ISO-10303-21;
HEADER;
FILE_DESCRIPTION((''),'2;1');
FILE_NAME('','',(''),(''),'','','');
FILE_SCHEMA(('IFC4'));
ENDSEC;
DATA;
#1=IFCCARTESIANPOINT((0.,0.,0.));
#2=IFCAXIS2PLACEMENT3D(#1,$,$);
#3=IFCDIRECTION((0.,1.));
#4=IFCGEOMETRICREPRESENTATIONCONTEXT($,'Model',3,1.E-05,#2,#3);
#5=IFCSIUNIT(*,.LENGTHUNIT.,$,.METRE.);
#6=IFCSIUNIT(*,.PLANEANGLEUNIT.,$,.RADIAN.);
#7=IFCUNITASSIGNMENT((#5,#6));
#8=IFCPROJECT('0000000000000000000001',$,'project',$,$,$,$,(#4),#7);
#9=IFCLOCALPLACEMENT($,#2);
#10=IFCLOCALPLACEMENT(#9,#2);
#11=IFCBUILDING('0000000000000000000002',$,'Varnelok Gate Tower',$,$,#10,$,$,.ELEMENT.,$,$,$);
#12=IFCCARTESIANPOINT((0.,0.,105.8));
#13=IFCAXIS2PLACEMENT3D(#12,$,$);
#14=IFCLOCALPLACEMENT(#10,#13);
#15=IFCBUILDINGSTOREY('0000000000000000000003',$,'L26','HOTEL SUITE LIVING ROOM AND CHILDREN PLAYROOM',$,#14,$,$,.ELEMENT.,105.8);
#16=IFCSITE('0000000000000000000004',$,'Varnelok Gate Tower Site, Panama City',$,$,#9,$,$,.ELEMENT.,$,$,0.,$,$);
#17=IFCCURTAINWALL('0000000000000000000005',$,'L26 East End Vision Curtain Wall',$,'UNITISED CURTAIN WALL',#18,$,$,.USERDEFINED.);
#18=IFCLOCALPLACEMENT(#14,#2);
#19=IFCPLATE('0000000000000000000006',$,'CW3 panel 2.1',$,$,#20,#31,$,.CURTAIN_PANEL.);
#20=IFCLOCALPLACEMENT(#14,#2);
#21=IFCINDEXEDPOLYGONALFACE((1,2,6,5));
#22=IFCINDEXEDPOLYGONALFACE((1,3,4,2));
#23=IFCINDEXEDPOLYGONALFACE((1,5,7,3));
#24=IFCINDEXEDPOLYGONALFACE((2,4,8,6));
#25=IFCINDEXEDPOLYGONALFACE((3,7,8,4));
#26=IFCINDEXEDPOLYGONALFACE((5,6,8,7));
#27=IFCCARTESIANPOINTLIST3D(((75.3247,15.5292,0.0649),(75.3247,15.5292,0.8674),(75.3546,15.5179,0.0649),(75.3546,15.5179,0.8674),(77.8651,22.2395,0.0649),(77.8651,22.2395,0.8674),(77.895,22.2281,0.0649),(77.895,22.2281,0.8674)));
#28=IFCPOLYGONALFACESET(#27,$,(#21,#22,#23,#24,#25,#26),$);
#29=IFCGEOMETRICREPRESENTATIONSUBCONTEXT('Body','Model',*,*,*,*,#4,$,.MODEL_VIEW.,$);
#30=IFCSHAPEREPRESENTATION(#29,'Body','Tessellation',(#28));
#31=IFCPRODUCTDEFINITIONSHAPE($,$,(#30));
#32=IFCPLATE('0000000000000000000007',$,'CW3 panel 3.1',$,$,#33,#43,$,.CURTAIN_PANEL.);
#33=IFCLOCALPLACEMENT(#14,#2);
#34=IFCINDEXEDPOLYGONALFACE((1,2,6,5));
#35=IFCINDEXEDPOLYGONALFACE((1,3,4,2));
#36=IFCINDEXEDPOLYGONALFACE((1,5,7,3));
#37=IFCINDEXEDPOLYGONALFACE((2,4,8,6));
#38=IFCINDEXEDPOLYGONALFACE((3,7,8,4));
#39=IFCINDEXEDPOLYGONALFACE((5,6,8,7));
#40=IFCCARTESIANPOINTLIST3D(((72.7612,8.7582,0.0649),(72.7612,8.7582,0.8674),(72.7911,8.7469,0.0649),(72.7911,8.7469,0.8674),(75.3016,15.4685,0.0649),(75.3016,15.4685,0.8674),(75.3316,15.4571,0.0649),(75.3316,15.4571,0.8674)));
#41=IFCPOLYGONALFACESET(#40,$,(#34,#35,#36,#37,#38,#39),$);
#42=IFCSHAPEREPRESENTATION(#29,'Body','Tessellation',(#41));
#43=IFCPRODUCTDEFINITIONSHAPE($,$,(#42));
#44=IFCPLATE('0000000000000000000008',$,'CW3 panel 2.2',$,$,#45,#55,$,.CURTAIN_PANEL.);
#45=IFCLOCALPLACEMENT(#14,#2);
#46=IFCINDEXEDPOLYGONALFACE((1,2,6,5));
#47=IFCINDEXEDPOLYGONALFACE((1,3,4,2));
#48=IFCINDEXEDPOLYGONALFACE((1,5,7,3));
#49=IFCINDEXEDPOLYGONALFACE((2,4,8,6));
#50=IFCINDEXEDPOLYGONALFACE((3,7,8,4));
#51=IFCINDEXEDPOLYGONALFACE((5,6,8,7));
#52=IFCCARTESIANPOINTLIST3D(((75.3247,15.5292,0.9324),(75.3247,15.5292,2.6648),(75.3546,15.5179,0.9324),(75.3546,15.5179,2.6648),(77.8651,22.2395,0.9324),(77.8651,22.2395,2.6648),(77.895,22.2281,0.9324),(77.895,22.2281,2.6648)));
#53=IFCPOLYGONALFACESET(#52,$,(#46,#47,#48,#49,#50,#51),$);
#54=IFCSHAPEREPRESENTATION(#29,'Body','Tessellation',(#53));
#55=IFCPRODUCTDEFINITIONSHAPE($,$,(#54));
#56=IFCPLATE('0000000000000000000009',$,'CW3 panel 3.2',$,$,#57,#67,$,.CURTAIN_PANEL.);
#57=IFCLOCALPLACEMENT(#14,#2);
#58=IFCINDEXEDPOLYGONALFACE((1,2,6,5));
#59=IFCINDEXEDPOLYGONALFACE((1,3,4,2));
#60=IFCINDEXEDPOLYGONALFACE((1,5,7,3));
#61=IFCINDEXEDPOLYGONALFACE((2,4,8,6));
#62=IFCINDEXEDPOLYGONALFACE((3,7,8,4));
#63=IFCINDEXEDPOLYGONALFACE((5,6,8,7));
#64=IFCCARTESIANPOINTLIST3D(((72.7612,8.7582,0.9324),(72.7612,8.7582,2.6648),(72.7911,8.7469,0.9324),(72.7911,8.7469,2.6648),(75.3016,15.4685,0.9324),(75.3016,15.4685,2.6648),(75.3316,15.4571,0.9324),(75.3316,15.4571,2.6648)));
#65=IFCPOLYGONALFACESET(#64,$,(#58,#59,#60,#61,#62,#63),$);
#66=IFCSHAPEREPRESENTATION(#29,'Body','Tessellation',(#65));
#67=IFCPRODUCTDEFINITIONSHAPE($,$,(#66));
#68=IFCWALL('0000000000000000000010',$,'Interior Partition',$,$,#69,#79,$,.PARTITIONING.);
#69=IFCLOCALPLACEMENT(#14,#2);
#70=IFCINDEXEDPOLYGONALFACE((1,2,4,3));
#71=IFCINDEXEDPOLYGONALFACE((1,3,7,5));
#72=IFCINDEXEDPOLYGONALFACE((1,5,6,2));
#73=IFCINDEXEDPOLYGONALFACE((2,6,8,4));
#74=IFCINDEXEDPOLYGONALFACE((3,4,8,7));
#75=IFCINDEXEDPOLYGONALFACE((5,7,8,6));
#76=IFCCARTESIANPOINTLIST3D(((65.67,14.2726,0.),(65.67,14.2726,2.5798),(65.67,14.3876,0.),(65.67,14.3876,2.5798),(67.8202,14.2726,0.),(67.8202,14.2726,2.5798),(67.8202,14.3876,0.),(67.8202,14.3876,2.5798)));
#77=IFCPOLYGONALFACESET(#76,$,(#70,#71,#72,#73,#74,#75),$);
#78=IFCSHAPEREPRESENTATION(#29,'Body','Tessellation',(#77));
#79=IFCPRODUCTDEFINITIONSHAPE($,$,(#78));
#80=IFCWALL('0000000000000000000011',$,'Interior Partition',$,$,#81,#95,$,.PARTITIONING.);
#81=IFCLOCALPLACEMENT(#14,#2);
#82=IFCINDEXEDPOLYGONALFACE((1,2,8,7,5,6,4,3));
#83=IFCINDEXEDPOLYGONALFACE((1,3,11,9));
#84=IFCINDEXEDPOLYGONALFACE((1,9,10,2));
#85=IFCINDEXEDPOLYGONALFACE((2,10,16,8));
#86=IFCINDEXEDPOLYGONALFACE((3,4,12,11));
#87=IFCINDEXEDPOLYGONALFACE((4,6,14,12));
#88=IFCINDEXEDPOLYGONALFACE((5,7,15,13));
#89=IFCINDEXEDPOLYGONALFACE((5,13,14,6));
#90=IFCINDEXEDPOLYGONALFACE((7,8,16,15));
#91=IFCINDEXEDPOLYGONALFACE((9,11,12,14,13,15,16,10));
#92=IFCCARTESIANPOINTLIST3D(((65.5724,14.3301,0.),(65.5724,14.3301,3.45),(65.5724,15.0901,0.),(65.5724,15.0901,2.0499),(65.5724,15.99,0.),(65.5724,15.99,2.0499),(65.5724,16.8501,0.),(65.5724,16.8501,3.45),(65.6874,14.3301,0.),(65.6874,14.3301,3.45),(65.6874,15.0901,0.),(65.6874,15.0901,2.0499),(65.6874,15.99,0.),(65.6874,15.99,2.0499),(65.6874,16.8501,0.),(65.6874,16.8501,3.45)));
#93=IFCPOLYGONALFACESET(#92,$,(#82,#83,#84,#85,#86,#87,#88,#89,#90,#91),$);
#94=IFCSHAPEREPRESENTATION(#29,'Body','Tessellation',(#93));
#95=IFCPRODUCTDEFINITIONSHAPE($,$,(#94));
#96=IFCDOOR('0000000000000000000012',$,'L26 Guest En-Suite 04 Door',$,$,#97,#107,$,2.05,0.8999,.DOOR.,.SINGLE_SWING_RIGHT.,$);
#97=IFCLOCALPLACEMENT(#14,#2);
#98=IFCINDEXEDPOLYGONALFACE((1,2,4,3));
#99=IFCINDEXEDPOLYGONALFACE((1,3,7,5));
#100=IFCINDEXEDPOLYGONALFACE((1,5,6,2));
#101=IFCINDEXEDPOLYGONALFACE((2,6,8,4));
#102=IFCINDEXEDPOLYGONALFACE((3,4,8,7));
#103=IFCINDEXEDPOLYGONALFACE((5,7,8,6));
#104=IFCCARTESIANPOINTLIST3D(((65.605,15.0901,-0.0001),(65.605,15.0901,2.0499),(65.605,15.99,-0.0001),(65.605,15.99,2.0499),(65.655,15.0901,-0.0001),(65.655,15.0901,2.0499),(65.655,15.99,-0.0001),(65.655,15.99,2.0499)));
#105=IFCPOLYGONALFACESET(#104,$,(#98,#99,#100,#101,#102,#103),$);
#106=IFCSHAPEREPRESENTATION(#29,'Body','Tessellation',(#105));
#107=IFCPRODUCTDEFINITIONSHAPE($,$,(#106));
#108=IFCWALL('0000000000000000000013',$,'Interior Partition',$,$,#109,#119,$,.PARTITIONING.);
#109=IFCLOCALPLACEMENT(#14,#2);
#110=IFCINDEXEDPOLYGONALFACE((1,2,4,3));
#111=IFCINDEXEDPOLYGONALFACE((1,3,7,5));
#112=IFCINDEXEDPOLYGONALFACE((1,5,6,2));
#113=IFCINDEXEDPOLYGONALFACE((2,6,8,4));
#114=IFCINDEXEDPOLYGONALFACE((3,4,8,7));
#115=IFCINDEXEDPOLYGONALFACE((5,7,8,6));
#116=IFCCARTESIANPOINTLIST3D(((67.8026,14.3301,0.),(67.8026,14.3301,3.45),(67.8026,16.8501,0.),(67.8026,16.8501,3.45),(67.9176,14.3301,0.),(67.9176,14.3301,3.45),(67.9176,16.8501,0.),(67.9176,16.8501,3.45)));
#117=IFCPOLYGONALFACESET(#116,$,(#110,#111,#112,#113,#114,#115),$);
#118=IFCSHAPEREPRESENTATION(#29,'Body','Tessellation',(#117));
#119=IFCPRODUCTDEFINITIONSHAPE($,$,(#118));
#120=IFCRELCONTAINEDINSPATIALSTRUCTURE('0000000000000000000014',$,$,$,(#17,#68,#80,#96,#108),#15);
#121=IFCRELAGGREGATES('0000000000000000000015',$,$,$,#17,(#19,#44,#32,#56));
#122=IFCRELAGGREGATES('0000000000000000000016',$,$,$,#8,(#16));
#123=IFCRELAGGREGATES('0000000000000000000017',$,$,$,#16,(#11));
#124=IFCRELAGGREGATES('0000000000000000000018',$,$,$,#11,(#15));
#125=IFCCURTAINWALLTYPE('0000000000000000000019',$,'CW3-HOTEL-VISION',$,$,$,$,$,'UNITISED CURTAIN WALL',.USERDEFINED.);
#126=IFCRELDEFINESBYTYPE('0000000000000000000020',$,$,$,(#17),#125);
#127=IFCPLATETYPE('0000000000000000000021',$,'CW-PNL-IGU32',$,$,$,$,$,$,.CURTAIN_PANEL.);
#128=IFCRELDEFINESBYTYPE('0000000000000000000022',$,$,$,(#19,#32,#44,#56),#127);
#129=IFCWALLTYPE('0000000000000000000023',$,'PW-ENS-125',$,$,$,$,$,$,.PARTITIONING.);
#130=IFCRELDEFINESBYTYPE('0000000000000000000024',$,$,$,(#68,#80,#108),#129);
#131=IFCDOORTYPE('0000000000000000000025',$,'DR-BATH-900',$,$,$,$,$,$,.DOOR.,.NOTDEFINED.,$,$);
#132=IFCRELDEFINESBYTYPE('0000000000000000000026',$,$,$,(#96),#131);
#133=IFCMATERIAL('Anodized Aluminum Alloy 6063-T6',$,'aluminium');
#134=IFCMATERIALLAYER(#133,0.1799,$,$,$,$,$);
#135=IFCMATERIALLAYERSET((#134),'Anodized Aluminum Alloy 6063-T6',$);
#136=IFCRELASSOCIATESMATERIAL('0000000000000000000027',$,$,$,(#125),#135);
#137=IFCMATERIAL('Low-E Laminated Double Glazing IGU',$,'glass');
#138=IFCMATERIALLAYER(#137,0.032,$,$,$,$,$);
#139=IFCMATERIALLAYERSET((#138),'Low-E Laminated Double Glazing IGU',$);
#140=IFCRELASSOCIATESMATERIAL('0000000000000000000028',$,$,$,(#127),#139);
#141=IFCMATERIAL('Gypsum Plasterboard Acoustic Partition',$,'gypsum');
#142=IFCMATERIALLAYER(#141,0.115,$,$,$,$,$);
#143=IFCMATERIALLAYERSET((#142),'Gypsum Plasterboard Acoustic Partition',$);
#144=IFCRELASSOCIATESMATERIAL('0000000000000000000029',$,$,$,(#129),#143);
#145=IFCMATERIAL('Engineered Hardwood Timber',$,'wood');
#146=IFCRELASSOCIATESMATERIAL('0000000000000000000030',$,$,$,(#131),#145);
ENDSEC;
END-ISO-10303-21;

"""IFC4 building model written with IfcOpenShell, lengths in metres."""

from ifc_helpers import new_model, si_unit, direction, frame, frame_2d, origin, origin_2d, place, context, subcontext, project, spatial, rectangle, extrude, source, transform, mapped, material, layer, layer_set, type_object, element, fill, aggregate, save


model = new_model("IFC4")

# Units and contexts
model_context = context("Model", 3, precision=1e-05, world=origin(), true_north=direction((0.0, 1.0)))
body_context = subcontext(model_context, "Body", "Model", "MODEL_VIEW")
ifc_project = project(units=[si_unit("LENGTHUNIT", "METRE"), si_unit("PLANEANGLEUNIT", "RADIAN")], contexts=[model_context])

# Site, building, storey
site_placement = place(None, origin())
site = spatial("IfcSite", under=ifc_project, at=site_placement, Name="Varnelok Gate Tower Site, Panama City", CompositionType="ELEMENT", RefElevation=0.0)
building_placement = place(site_placement, origin())
building = spatial("IfcBuilding", under=site, at=building_placement, Name="Varnelok Gate Tower", CompositionType="ELEMENT")
storey_placement = place(building_placement, frame((0.0, 0.0, 105.8)))
storey = spatial("IfcBuildingStorey", under=building, at=storey_placement, Name="L26", Description="HOTEL SUITE LIVING ROOM AND CHILDREN PLAYROOM", CompositionType="ELEMENT", Elevation=105.8)

# Curtain wall, plates
ifc_material_1 = material(Name="Anodized Aluminum Alloy 6063-T6", Category="aluminium")
ifc_layer_1 = layer(ifc_material_1, 0.1799)
ifc_layer_set_1 = layer_set([ifc_layer_1], Name="Anodized Aluminum Alloy 6063-T6")
curtain_wall_type = type_object("IfcCurtainWallType", Name="CW3-HOTEL-VISION", ElementType="UNITISED CURTAIN WALL", PredefinedType="USERDEFINED", material=ifc_layer_set_1)
curtain_wall_placement = place(storey_placement, origin())
curtain_wall = element("IfcCurtainWall", 1, at=curtain_wall_placement, inside=storey, type_object=curtain_wall_type, Name="L26 East End Vision Curtain Wall", ObjectType="UNITISED CURTAIN WALL", PredefinedType="USERDEFINED")
ifc_material_2 = material(Name="Low-E Laminated Double Glazing IGU", Category="glass")
ifc_layer_2 = layer(ifc_material_2, 0.032)
ifc_layer_set_2 = layer_set([ifc_layer_2], Name="Low-E Laminated Double Glazing IGU")
plate_type = type_object("IfcPlateType", Name="CW-PNL-IGU32", PredefinedType="CURTAIN_PANEL", material=ifc_layer_set_2)
shared_shape_1 = source(origin(), body_context, "Body", "SweptSolid", [
    extrude(rectangle(XDim=7.175, YDim=0.032, at=origin_2d()), origin(), (0.0, 0.0, 1.0), 0.8025),
])
plate_1_placement = place(storey_placement, frame((76.6099, 18.8787, 0.0649), z_axis=(0.0, 0.0, 1.0), x_axis=(-0.354064, -0.935221, 0.0)))
plate_1 = element("IfcPlate", 2, at=plate_1_placement, type_object=plate_type, Name="CW3 panel 2.1", PredefinedType="CURTAIN_PANEL", context=body_context, shape_type="MappedRepresentation", body=[
    mapped(shared_shape_1, transform((0.0, 0.0, 0.0), scale=1.0)),
])
plate_2_placement = place(storey_placement, frame((74.0464, 12.1077, 0.0649), z_axis=(0.0, 0.0, 1.0), x_axis=(-0.354064, -0.935221, 0.0)))
plate_2 = element("IfcPlate", 3, at=plate_2_placement, type_object=plate_type, Name="CW3 panel 3.1", PredefinedType="CURTAIN_PANEL", context=body_context, shape_type="MappedRepresentation", body=[
    mapped(shared_shape_1, transform((0.0, 0.0, 0.0), scale=1.0)),
])
shared_shape_2 = source(origin(), body_context, "Body", "SweptSolid", [
    extrude(rectangle(XDim=7.175, YDim=0.032, at=origin_2d()), origin(), (0.0, 0.0, 1.0), 1.7324),
])
plate_3_placement = place(storey_placement, frame((76.6099, 18.8787, 0.9324), z_axis=(0.0, 0.0, 1.0), x_axis=(-0.354064, -0.935221, 0.0)))
plate_3 = element("IfcPlate", 4, at=plate_3_placement, type_object=plate_type, Name="CW3 panel 2.2", PredefinedType="CURTAIN_PANEL", context=body_context, shape_type="MappedRepresentation", body=[
    mapped(shared_shape_2, transform((0.0, 0.0, 0.0), scale=1.0)),
])
plate_4_placement = place(storey_placement, frame((74.0464, 12.1077, 0.9324), z_axis=(0.0, 0.0, 1.0), x_axis=(-0.354064, -0.935221, 0.0)))
plate_4 = element("IfcPlate", 5, at=plate_4_placement, type_object=plate_type, Name="CW3 panel 3.2", PredefinedType="CURTAIN_PANEL", context=body_context, shape_type="MappedRepresentation", body=[
    mapped(shared_shape_2, transform((0.0, 0.0, 0.0), scale=1.0)),
])
aggregate(curtain_wall, [plate_1, plate_3, plate_2, plate_4])

# Wall
ifc_material_3 = material(Name="Gypsum Plasterboard Acoustic Partition", Category="gypsum")
ifc_layer_3 = layer(ifc_material_3, 0.115)
ifc_layer_set_3 = layer_set([ifc_layer_3], Name="Gypsum Plasterboard Acoustic Partition")
wall_type = type_object("IfcWallType", Name="PW-ENS-125", PredefinedType="PARTITIONING", material=ifc_layer_set_3)
wall_1_placement = place(storey_placement, frame((65.6699, 14.3301, 0.0), z_axis=(0.0, 0.0, 1.0), x_axis=(1.0, 0.0, 0.0)))
element("IfcWall", 6, at=wall_1_placement, inside=storey, type_object=wall_type, Name="Interior Partition", PredefinedType="PARTITIONING", context=body_context, shape_type="SweptSolid", body=[
    extrude(rectangle(XDim=2.1501, YDim=0.115, at=frame_2d((1.0752, 0.0))), origin(), (0.0, 0.0, 1.0), 2.5798),
])

# Wall, opening, door
wall_2_placement = place(storey_placement, frame((65.6299, 14.3301, 0.0), z_axis=(0.0, 0.0, 1.0), x_axis=(0.0, 1.0, 0.0)))
wall_2 = element("IfcWall", 7, at=wall_2_placement, inside=storey, type_object=wall_type, Name="Interior Partition", PredefinedType="PARTITIONING", context=body_context, shape_type="SweptSolid", body=[
    extrude(rectangle(XDim=2.52, YDim=0.115, at=frame_2d((1.26, 0.0))), origin(), (0.0, 0.0, 1.0), 3.45),
])
opening_placement = place(wall_2_placement, frame((0.76, 0.0, 0.0)))
opening = element("IfcOpeningElement", 8, at=opening_placement, cuts=wall_2, PredefinedType="OPENING", context=body_context, shape_type="SweptSolid", body=[
    extrude(rectangle(XDim=0.8999, YDim=2.05, at=frame_2d((0.45, 1.0249))), frame((0.0, 0.0674, 0.0), z_axis=(0.0, -1.0, 0.0), x_axis=(1.0, 0.0, 0.0)), (0.0, 0.0, 1.0), 0.135),
])
ifc_material_4 = material(Name="Engineered Hardwood Timber", Category="wood")
door_type = type_object("IfcDoorType", Name="DR-BATH-900", OperationType="NOTDEFINED", PredefinedType="DOOR", material=ifc_material_4)
door_placement = place(opening_placement, origin())
door = element("IfcDoor", 9, at=door_placement, inside=storey, type_object=door_type, Name="L26 Guest En-Suite 04 Door", OperationType="SINGLE_SWING_RIGHT", OverallHeight=2.05, OverallWidth=0.8999, PredefinedType="DOOR", context=body_context, shape_type="SweptSolid", body=[
    extrude(rectangle(XDim=0.8999, YDim=2.05, at=frame_2d((0.45, 1.0249))), frame((0.0, 0.0249, 0.0), z_axis=(0.0, -1.0, 0.0), x_axis=(1.0, 0.0, 0.0)), (0.0, 0.0, 1.0), 0.05),
])
fill(opening, door)

# Wall
wall_3_placement = place(storey_placement, frame((67.8601, 14.3301, 0.0), z_axis=(0.0, 0.0, 1.0), x_axis=(0.0, 1.0, 0.0)))
element("IfcWall", 10, at=wall_3_placement, inside=storey, type_object=wall_type, Name="Interior Partition", PredefinedType="PARTITIONING", context=body_context, shape_type="SweptSolid", body=[
    extrude(rectangle(XDim=2.52, YDim=0.115, at=frame_2d((1.26, 0.0))), origin(), (0.0, 0.0, 1.0), 3.45),
])

save(model, "model.ifc")
